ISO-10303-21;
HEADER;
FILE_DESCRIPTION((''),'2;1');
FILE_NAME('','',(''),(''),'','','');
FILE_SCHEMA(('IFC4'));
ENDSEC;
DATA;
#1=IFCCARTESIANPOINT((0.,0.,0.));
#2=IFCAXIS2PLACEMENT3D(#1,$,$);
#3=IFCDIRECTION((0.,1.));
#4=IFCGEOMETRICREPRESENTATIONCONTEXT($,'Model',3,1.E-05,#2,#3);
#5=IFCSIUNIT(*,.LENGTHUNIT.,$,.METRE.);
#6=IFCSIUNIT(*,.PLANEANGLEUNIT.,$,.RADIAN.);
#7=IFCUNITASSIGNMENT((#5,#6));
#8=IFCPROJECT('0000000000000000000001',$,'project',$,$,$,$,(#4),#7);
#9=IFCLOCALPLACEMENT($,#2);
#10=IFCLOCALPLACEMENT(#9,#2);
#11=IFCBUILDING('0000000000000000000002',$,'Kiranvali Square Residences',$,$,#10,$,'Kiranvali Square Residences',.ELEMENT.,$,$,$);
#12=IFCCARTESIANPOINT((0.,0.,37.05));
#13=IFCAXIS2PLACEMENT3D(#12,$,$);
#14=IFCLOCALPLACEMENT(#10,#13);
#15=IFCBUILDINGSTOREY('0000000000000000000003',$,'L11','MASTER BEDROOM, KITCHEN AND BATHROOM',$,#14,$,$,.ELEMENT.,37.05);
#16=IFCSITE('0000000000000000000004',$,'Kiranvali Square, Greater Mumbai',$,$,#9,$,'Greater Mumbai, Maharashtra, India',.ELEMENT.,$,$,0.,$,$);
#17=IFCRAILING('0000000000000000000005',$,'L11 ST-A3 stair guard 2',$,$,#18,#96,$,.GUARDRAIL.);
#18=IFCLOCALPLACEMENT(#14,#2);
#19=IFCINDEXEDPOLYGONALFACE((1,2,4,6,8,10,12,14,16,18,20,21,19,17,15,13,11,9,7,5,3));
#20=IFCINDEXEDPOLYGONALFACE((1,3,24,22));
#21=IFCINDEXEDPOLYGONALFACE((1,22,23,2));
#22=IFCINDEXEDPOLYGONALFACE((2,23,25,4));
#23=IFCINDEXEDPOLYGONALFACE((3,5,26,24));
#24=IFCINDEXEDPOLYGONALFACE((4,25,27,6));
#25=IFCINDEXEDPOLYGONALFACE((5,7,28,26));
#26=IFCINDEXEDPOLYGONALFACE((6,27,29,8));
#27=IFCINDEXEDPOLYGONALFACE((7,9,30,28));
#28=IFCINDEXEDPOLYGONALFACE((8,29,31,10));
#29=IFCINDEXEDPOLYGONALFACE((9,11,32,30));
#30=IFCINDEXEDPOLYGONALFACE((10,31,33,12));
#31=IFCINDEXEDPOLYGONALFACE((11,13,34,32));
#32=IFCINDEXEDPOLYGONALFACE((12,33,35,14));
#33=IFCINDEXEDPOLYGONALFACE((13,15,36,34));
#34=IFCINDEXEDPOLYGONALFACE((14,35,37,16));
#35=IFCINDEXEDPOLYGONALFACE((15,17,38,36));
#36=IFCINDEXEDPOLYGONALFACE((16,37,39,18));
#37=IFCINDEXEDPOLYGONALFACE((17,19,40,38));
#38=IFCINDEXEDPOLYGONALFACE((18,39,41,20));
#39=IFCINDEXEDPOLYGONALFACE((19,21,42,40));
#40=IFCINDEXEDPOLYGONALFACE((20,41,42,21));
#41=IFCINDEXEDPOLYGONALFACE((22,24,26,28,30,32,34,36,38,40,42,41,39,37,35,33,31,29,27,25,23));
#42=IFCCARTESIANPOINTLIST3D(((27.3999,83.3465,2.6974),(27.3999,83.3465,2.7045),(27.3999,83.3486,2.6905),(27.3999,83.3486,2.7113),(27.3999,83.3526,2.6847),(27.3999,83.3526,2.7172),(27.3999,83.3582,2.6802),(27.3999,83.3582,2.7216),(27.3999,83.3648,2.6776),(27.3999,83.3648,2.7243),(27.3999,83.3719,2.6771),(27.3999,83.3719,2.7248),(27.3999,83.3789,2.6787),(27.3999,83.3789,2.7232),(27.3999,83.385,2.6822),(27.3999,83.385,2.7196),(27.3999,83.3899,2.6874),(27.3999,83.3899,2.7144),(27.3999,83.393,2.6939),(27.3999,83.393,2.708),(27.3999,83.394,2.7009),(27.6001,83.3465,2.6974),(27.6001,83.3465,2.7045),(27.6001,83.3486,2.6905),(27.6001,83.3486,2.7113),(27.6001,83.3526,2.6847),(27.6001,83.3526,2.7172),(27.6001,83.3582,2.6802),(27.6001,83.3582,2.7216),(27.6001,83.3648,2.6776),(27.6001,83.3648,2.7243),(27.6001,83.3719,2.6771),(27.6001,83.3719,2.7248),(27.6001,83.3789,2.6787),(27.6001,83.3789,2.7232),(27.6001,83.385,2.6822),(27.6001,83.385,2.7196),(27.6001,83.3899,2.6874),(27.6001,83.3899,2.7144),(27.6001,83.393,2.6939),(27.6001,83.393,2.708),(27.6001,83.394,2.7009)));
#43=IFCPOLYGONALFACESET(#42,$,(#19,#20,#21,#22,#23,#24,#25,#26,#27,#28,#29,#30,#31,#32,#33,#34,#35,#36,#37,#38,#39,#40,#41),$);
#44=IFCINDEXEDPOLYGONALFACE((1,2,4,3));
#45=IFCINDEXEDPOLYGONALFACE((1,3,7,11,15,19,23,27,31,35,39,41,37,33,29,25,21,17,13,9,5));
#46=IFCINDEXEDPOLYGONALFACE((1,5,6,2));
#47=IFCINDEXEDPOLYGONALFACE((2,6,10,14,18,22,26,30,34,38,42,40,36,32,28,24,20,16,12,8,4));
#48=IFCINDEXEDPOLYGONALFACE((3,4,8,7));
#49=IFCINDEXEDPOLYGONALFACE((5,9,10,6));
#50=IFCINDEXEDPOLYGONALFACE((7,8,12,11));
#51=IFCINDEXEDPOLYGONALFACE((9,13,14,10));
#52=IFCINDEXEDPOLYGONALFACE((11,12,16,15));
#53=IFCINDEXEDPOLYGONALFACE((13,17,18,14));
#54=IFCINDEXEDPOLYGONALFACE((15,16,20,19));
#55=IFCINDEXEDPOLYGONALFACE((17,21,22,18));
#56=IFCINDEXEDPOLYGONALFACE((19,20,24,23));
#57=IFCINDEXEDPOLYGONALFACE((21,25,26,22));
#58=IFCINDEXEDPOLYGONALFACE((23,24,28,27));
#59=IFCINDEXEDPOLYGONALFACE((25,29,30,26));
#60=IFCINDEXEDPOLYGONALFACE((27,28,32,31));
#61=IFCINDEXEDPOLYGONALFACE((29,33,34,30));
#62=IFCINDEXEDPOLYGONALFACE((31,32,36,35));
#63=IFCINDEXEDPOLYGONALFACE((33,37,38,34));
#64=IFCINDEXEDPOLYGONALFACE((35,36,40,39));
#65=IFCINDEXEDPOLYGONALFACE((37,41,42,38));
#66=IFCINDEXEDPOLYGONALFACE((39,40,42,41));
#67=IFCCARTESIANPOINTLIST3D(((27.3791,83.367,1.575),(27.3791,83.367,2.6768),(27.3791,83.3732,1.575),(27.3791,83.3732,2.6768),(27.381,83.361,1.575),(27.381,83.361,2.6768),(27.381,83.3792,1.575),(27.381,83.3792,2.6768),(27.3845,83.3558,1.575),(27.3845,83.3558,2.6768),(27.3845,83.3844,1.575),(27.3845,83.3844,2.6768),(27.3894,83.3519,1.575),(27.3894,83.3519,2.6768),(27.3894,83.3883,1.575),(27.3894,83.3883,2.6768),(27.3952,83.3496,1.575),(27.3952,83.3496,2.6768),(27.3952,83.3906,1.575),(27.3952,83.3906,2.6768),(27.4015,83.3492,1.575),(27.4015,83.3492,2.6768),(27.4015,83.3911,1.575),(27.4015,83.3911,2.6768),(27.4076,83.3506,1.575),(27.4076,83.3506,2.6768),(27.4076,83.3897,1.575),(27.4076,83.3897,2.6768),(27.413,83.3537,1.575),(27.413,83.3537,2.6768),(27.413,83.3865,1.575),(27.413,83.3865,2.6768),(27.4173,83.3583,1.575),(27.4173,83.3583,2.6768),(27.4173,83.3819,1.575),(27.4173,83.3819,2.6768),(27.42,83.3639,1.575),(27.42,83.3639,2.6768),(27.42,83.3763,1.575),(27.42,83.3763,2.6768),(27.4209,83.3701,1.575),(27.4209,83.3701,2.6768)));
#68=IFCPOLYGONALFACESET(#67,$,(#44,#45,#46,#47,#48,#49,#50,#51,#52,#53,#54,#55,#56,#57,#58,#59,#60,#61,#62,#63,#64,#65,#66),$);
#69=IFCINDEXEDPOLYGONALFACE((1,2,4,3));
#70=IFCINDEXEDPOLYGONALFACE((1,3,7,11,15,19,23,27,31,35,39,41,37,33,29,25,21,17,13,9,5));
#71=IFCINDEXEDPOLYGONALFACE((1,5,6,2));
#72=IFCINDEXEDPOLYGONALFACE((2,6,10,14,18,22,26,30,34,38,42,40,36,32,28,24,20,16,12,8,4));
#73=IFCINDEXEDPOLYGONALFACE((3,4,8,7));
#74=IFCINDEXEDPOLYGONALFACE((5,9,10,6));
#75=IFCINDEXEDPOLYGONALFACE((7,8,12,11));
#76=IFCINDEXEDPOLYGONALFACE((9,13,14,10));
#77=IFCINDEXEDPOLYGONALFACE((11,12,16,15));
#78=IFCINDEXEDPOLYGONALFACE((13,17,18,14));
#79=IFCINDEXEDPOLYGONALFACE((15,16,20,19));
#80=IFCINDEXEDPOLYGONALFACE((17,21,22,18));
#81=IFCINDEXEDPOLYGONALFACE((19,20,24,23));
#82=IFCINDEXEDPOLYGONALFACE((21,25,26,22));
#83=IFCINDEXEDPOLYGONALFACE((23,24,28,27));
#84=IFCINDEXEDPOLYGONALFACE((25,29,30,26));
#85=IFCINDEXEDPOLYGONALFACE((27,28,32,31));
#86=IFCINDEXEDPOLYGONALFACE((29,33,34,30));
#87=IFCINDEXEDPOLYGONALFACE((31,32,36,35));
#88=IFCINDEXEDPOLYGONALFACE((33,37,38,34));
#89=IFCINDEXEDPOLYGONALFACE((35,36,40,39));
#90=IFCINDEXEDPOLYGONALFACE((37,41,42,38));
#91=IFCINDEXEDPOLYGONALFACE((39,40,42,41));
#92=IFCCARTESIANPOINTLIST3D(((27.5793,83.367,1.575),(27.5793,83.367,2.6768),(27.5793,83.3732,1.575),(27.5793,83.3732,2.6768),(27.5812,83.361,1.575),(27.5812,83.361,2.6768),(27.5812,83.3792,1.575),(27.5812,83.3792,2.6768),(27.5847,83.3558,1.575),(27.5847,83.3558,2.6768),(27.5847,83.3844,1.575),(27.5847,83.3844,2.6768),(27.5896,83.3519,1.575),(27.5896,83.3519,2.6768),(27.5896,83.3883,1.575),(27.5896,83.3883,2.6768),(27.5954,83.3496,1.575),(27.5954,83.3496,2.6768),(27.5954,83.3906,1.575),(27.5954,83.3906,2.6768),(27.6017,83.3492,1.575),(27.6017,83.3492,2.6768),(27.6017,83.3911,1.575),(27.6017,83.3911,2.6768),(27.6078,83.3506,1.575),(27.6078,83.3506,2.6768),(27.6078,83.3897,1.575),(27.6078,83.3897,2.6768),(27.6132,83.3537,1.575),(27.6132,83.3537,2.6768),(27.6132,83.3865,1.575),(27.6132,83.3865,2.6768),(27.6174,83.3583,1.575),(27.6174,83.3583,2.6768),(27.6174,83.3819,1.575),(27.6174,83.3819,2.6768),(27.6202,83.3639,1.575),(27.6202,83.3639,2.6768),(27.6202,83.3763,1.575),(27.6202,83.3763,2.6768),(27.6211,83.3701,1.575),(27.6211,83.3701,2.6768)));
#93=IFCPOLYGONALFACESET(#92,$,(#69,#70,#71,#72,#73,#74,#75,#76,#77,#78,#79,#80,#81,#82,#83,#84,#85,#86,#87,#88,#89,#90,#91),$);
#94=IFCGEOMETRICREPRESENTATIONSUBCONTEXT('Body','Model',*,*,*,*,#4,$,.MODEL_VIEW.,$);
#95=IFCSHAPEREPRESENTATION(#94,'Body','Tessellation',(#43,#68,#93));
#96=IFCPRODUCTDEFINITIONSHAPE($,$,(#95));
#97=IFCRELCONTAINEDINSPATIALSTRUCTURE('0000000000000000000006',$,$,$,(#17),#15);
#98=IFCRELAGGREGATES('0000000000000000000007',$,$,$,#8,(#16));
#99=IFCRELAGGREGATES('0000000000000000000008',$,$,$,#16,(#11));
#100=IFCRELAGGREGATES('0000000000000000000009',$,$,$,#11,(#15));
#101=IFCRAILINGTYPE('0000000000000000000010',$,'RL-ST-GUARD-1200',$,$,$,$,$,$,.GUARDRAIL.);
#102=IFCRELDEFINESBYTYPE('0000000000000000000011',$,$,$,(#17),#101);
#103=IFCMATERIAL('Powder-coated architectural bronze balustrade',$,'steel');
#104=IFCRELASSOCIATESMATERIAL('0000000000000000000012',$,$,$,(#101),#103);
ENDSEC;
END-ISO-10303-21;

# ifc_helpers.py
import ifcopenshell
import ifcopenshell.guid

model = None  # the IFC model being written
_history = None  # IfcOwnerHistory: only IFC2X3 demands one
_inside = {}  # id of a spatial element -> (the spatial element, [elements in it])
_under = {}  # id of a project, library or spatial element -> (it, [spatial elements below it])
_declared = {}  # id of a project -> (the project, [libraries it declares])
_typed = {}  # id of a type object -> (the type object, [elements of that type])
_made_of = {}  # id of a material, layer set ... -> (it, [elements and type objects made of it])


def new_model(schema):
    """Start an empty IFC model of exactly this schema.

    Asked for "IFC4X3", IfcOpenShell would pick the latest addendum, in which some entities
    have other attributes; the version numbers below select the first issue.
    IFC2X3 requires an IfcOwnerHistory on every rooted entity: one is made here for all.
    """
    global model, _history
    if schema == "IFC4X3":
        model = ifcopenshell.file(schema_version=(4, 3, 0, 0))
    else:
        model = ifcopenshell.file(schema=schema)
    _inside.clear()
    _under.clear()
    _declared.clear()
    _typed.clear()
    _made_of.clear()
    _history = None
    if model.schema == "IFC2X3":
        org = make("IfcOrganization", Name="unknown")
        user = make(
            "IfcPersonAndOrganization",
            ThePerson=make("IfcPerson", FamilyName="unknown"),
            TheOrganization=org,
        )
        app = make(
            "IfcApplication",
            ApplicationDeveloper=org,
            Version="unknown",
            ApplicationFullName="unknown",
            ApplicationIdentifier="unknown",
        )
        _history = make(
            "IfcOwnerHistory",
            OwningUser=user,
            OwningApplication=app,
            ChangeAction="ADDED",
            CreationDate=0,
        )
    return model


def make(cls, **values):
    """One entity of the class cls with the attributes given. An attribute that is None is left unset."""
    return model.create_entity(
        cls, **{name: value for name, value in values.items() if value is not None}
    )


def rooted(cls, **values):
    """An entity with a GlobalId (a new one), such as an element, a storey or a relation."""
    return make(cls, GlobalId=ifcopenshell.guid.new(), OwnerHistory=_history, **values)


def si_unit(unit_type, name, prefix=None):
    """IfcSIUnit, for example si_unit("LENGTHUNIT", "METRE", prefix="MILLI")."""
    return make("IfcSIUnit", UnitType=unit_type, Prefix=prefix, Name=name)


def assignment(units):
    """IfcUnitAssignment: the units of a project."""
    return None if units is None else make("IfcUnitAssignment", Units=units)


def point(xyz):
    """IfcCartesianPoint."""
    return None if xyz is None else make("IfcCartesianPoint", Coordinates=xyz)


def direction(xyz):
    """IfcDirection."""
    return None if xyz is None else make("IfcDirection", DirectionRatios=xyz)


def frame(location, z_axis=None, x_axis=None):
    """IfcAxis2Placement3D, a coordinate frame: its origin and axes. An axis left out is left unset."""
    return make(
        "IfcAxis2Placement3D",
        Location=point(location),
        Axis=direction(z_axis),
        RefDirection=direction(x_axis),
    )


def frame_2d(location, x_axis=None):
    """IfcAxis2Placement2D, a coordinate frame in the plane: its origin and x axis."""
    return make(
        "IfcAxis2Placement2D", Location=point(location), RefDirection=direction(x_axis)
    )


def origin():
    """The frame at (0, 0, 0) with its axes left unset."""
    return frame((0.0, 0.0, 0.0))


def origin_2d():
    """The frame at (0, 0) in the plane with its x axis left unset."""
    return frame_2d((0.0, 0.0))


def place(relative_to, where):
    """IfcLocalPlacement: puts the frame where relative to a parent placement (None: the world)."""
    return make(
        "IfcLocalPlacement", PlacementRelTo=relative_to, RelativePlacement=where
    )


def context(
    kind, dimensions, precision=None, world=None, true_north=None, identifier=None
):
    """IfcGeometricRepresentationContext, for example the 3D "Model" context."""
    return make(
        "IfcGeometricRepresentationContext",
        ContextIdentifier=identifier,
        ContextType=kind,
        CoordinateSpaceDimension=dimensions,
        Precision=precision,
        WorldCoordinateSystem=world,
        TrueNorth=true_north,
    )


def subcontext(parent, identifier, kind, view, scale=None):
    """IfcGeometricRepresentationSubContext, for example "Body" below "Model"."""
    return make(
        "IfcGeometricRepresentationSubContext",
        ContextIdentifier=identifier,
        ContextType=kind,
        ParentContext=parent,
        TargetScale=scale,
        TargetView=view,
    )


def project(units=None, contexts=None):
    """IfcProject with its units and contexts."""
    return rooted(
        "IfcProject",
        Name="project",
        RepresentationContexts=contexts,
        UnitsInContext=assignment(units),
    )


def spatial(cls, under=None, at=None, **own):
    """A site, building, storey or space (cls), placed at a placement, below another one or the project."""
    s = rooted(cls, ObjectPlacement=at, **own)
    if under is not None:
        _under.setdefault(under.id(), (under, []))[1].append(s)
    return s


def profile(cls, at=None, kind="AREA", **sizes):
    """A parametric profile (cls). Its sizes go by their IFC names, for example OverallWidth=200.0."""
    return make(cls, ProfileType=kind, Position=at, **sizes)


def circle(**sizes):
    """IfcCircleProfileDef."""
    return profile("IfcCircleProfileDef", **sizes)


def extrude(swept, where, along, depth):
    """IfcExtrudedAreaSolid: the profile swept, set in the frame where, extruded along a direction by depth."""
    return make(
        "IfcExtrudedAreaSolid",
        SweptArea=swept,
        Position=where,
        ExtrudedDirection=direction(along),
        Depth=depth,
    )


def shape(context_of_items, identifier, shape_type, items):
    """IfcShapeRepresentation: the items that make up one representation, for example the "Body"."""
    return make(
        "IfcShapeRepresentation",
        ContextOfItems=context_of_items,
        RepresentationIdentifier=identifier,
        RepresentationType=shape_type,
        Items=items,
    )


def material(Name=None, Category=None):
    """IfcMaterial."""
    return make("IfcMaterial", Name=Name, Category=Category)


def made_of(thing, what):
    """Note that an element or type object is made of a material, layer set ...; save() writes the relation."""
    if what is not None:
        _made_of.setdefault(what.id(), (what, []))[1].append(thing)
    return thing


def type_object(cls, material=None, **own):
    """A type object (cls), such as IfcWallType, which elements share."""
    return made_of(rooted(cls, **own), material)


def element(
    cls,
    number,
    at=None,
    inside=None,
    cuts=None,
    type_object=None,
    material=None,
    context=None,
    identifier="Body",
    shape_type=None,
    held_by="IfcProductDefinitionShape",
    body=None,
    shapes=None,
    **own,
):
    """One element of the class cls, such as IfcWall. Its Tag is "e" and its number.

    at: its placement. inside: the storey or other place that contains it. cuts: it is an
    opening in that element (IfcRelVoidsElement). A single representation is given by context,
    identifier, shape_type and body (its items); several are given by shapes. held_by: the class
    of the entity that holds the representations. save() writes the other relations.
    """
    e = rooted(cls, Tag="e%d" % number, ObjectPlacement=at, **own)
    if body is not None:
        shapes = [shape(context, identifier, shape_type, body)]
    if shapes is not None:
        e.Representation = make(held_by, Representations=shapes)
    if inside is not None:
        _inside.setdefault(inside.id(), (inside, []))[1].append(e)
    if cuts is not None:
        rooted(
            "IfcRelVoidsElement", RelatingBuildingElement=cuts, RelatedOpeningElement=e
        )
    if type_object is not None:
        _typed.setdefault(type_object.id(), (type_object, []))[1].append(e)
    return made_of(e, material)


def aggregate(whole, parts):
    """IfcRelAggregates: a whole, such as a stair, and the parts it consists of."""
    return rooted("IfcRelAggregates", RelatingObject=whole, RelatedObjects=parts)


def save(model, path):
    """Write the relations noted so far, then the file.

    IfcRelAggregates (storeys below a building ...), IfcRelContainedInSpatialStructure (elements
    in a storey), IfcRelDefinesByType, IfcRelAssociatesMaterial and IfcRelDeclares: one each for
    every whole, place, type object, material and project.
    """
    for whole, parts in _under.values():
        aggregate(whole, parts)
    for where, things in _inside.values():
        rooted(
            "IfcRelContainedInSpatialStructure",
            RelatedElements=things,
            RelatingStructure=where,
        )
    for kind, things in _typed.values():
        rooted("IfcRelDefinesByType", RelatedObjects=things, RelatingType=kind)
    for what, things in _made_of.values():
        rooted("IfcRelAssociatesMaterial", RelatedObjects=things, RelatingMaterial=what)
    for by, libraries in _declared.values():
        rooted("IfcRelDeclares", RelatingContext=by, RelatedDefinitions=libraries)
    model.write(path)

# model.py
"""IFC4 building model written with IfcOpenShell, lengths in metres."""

from ifc_helpers import new_model, si_unit, direction, frame, origin, origin_2d, place, context, subcontext, project, spatial, circle, extrude, material, type_object, element, save


model = new_model("IFC4")

# Units and contexts
model_context = context("Model", 3, precision=1e-05, world=origin(), true_north=direction((0.0, 1.0)))
body_context = subcontext(model_context, "Body", "Model", "MODEL_VIEW")
ifc_project = project(units=[si_unit("LENGTHUNIT", "METRE"), si_unit("PLANEANGLEUNIT", "RADIAN")], contexts=[model_context])

# Site, building, storey
site_placement = place(None, origin())
site = spatial("IfcSite", under=ifc_project, at=site_placement, Name="Kiranvali Square, Greater Mumbai", LongName="Greater Mumbai, Maharashtra, India", CompositionType="ELEMENT", RefElevation=0.0)
building_placement = place(site_placement, origin())
building = spatial("IfcBuilding", under=site, at=building_placement, Name="Kiranvali Square Residences", LongName="Kiranvali Square Residences", CompositionType="ELEMENT")
storey_placement = place(building_placement, frame((0.0, 0.0, 37.05)))
storey = spatial("IfcBuildingStorey", under=building, at=storey_placement, Name="L11", Description="MASTER BEDROOM, KITCHEN AND BATHROOM", CompositionType="ELEMENT", Elevation=37.05)

# Railing
ifc_material_1 = material(Name="Powder-coated architectural bronze balustrade", Category="steel")
railing_type = type_object("IfcRailingType", Name="RL-ST-GUARD-1200", PredefinedType="GUARDRAIL", material=ifc_material_1)
railing_1_placement = place(storey_placement, frame((27.3999, 83.3701, 1.575)))
element("IfcRailing", 1, at=railing_1_placement, inside=storey, type_object=railing_type, Name="L11 ST-A3 stair guard 2", PredefinedType="GUARDRAIL", context=body_context, shape_type="SweptSolid", body=[
    extrude(circle(Radius=0.0239, at=origin_2d()), frame((0.0, 0.0, 1.126), z_axis=(1.0, 0.0, 0.0), x_axis=(0.0, 1.0, 0.0)), (0.0, 0.0, 1.0), 0.2002),
    extrude(circle(Radius=0.021, at=origin_2d()), origin(), (0.0, 0.0, 1.0), 1.1018),
    extrude(circle(Radius=0.021, at=origin_2d()), frame((0.2002, 0.0, 0.0)), (0.0, 0.0, 1.0), 1.1018),
])

save(model, "model.ifc")
